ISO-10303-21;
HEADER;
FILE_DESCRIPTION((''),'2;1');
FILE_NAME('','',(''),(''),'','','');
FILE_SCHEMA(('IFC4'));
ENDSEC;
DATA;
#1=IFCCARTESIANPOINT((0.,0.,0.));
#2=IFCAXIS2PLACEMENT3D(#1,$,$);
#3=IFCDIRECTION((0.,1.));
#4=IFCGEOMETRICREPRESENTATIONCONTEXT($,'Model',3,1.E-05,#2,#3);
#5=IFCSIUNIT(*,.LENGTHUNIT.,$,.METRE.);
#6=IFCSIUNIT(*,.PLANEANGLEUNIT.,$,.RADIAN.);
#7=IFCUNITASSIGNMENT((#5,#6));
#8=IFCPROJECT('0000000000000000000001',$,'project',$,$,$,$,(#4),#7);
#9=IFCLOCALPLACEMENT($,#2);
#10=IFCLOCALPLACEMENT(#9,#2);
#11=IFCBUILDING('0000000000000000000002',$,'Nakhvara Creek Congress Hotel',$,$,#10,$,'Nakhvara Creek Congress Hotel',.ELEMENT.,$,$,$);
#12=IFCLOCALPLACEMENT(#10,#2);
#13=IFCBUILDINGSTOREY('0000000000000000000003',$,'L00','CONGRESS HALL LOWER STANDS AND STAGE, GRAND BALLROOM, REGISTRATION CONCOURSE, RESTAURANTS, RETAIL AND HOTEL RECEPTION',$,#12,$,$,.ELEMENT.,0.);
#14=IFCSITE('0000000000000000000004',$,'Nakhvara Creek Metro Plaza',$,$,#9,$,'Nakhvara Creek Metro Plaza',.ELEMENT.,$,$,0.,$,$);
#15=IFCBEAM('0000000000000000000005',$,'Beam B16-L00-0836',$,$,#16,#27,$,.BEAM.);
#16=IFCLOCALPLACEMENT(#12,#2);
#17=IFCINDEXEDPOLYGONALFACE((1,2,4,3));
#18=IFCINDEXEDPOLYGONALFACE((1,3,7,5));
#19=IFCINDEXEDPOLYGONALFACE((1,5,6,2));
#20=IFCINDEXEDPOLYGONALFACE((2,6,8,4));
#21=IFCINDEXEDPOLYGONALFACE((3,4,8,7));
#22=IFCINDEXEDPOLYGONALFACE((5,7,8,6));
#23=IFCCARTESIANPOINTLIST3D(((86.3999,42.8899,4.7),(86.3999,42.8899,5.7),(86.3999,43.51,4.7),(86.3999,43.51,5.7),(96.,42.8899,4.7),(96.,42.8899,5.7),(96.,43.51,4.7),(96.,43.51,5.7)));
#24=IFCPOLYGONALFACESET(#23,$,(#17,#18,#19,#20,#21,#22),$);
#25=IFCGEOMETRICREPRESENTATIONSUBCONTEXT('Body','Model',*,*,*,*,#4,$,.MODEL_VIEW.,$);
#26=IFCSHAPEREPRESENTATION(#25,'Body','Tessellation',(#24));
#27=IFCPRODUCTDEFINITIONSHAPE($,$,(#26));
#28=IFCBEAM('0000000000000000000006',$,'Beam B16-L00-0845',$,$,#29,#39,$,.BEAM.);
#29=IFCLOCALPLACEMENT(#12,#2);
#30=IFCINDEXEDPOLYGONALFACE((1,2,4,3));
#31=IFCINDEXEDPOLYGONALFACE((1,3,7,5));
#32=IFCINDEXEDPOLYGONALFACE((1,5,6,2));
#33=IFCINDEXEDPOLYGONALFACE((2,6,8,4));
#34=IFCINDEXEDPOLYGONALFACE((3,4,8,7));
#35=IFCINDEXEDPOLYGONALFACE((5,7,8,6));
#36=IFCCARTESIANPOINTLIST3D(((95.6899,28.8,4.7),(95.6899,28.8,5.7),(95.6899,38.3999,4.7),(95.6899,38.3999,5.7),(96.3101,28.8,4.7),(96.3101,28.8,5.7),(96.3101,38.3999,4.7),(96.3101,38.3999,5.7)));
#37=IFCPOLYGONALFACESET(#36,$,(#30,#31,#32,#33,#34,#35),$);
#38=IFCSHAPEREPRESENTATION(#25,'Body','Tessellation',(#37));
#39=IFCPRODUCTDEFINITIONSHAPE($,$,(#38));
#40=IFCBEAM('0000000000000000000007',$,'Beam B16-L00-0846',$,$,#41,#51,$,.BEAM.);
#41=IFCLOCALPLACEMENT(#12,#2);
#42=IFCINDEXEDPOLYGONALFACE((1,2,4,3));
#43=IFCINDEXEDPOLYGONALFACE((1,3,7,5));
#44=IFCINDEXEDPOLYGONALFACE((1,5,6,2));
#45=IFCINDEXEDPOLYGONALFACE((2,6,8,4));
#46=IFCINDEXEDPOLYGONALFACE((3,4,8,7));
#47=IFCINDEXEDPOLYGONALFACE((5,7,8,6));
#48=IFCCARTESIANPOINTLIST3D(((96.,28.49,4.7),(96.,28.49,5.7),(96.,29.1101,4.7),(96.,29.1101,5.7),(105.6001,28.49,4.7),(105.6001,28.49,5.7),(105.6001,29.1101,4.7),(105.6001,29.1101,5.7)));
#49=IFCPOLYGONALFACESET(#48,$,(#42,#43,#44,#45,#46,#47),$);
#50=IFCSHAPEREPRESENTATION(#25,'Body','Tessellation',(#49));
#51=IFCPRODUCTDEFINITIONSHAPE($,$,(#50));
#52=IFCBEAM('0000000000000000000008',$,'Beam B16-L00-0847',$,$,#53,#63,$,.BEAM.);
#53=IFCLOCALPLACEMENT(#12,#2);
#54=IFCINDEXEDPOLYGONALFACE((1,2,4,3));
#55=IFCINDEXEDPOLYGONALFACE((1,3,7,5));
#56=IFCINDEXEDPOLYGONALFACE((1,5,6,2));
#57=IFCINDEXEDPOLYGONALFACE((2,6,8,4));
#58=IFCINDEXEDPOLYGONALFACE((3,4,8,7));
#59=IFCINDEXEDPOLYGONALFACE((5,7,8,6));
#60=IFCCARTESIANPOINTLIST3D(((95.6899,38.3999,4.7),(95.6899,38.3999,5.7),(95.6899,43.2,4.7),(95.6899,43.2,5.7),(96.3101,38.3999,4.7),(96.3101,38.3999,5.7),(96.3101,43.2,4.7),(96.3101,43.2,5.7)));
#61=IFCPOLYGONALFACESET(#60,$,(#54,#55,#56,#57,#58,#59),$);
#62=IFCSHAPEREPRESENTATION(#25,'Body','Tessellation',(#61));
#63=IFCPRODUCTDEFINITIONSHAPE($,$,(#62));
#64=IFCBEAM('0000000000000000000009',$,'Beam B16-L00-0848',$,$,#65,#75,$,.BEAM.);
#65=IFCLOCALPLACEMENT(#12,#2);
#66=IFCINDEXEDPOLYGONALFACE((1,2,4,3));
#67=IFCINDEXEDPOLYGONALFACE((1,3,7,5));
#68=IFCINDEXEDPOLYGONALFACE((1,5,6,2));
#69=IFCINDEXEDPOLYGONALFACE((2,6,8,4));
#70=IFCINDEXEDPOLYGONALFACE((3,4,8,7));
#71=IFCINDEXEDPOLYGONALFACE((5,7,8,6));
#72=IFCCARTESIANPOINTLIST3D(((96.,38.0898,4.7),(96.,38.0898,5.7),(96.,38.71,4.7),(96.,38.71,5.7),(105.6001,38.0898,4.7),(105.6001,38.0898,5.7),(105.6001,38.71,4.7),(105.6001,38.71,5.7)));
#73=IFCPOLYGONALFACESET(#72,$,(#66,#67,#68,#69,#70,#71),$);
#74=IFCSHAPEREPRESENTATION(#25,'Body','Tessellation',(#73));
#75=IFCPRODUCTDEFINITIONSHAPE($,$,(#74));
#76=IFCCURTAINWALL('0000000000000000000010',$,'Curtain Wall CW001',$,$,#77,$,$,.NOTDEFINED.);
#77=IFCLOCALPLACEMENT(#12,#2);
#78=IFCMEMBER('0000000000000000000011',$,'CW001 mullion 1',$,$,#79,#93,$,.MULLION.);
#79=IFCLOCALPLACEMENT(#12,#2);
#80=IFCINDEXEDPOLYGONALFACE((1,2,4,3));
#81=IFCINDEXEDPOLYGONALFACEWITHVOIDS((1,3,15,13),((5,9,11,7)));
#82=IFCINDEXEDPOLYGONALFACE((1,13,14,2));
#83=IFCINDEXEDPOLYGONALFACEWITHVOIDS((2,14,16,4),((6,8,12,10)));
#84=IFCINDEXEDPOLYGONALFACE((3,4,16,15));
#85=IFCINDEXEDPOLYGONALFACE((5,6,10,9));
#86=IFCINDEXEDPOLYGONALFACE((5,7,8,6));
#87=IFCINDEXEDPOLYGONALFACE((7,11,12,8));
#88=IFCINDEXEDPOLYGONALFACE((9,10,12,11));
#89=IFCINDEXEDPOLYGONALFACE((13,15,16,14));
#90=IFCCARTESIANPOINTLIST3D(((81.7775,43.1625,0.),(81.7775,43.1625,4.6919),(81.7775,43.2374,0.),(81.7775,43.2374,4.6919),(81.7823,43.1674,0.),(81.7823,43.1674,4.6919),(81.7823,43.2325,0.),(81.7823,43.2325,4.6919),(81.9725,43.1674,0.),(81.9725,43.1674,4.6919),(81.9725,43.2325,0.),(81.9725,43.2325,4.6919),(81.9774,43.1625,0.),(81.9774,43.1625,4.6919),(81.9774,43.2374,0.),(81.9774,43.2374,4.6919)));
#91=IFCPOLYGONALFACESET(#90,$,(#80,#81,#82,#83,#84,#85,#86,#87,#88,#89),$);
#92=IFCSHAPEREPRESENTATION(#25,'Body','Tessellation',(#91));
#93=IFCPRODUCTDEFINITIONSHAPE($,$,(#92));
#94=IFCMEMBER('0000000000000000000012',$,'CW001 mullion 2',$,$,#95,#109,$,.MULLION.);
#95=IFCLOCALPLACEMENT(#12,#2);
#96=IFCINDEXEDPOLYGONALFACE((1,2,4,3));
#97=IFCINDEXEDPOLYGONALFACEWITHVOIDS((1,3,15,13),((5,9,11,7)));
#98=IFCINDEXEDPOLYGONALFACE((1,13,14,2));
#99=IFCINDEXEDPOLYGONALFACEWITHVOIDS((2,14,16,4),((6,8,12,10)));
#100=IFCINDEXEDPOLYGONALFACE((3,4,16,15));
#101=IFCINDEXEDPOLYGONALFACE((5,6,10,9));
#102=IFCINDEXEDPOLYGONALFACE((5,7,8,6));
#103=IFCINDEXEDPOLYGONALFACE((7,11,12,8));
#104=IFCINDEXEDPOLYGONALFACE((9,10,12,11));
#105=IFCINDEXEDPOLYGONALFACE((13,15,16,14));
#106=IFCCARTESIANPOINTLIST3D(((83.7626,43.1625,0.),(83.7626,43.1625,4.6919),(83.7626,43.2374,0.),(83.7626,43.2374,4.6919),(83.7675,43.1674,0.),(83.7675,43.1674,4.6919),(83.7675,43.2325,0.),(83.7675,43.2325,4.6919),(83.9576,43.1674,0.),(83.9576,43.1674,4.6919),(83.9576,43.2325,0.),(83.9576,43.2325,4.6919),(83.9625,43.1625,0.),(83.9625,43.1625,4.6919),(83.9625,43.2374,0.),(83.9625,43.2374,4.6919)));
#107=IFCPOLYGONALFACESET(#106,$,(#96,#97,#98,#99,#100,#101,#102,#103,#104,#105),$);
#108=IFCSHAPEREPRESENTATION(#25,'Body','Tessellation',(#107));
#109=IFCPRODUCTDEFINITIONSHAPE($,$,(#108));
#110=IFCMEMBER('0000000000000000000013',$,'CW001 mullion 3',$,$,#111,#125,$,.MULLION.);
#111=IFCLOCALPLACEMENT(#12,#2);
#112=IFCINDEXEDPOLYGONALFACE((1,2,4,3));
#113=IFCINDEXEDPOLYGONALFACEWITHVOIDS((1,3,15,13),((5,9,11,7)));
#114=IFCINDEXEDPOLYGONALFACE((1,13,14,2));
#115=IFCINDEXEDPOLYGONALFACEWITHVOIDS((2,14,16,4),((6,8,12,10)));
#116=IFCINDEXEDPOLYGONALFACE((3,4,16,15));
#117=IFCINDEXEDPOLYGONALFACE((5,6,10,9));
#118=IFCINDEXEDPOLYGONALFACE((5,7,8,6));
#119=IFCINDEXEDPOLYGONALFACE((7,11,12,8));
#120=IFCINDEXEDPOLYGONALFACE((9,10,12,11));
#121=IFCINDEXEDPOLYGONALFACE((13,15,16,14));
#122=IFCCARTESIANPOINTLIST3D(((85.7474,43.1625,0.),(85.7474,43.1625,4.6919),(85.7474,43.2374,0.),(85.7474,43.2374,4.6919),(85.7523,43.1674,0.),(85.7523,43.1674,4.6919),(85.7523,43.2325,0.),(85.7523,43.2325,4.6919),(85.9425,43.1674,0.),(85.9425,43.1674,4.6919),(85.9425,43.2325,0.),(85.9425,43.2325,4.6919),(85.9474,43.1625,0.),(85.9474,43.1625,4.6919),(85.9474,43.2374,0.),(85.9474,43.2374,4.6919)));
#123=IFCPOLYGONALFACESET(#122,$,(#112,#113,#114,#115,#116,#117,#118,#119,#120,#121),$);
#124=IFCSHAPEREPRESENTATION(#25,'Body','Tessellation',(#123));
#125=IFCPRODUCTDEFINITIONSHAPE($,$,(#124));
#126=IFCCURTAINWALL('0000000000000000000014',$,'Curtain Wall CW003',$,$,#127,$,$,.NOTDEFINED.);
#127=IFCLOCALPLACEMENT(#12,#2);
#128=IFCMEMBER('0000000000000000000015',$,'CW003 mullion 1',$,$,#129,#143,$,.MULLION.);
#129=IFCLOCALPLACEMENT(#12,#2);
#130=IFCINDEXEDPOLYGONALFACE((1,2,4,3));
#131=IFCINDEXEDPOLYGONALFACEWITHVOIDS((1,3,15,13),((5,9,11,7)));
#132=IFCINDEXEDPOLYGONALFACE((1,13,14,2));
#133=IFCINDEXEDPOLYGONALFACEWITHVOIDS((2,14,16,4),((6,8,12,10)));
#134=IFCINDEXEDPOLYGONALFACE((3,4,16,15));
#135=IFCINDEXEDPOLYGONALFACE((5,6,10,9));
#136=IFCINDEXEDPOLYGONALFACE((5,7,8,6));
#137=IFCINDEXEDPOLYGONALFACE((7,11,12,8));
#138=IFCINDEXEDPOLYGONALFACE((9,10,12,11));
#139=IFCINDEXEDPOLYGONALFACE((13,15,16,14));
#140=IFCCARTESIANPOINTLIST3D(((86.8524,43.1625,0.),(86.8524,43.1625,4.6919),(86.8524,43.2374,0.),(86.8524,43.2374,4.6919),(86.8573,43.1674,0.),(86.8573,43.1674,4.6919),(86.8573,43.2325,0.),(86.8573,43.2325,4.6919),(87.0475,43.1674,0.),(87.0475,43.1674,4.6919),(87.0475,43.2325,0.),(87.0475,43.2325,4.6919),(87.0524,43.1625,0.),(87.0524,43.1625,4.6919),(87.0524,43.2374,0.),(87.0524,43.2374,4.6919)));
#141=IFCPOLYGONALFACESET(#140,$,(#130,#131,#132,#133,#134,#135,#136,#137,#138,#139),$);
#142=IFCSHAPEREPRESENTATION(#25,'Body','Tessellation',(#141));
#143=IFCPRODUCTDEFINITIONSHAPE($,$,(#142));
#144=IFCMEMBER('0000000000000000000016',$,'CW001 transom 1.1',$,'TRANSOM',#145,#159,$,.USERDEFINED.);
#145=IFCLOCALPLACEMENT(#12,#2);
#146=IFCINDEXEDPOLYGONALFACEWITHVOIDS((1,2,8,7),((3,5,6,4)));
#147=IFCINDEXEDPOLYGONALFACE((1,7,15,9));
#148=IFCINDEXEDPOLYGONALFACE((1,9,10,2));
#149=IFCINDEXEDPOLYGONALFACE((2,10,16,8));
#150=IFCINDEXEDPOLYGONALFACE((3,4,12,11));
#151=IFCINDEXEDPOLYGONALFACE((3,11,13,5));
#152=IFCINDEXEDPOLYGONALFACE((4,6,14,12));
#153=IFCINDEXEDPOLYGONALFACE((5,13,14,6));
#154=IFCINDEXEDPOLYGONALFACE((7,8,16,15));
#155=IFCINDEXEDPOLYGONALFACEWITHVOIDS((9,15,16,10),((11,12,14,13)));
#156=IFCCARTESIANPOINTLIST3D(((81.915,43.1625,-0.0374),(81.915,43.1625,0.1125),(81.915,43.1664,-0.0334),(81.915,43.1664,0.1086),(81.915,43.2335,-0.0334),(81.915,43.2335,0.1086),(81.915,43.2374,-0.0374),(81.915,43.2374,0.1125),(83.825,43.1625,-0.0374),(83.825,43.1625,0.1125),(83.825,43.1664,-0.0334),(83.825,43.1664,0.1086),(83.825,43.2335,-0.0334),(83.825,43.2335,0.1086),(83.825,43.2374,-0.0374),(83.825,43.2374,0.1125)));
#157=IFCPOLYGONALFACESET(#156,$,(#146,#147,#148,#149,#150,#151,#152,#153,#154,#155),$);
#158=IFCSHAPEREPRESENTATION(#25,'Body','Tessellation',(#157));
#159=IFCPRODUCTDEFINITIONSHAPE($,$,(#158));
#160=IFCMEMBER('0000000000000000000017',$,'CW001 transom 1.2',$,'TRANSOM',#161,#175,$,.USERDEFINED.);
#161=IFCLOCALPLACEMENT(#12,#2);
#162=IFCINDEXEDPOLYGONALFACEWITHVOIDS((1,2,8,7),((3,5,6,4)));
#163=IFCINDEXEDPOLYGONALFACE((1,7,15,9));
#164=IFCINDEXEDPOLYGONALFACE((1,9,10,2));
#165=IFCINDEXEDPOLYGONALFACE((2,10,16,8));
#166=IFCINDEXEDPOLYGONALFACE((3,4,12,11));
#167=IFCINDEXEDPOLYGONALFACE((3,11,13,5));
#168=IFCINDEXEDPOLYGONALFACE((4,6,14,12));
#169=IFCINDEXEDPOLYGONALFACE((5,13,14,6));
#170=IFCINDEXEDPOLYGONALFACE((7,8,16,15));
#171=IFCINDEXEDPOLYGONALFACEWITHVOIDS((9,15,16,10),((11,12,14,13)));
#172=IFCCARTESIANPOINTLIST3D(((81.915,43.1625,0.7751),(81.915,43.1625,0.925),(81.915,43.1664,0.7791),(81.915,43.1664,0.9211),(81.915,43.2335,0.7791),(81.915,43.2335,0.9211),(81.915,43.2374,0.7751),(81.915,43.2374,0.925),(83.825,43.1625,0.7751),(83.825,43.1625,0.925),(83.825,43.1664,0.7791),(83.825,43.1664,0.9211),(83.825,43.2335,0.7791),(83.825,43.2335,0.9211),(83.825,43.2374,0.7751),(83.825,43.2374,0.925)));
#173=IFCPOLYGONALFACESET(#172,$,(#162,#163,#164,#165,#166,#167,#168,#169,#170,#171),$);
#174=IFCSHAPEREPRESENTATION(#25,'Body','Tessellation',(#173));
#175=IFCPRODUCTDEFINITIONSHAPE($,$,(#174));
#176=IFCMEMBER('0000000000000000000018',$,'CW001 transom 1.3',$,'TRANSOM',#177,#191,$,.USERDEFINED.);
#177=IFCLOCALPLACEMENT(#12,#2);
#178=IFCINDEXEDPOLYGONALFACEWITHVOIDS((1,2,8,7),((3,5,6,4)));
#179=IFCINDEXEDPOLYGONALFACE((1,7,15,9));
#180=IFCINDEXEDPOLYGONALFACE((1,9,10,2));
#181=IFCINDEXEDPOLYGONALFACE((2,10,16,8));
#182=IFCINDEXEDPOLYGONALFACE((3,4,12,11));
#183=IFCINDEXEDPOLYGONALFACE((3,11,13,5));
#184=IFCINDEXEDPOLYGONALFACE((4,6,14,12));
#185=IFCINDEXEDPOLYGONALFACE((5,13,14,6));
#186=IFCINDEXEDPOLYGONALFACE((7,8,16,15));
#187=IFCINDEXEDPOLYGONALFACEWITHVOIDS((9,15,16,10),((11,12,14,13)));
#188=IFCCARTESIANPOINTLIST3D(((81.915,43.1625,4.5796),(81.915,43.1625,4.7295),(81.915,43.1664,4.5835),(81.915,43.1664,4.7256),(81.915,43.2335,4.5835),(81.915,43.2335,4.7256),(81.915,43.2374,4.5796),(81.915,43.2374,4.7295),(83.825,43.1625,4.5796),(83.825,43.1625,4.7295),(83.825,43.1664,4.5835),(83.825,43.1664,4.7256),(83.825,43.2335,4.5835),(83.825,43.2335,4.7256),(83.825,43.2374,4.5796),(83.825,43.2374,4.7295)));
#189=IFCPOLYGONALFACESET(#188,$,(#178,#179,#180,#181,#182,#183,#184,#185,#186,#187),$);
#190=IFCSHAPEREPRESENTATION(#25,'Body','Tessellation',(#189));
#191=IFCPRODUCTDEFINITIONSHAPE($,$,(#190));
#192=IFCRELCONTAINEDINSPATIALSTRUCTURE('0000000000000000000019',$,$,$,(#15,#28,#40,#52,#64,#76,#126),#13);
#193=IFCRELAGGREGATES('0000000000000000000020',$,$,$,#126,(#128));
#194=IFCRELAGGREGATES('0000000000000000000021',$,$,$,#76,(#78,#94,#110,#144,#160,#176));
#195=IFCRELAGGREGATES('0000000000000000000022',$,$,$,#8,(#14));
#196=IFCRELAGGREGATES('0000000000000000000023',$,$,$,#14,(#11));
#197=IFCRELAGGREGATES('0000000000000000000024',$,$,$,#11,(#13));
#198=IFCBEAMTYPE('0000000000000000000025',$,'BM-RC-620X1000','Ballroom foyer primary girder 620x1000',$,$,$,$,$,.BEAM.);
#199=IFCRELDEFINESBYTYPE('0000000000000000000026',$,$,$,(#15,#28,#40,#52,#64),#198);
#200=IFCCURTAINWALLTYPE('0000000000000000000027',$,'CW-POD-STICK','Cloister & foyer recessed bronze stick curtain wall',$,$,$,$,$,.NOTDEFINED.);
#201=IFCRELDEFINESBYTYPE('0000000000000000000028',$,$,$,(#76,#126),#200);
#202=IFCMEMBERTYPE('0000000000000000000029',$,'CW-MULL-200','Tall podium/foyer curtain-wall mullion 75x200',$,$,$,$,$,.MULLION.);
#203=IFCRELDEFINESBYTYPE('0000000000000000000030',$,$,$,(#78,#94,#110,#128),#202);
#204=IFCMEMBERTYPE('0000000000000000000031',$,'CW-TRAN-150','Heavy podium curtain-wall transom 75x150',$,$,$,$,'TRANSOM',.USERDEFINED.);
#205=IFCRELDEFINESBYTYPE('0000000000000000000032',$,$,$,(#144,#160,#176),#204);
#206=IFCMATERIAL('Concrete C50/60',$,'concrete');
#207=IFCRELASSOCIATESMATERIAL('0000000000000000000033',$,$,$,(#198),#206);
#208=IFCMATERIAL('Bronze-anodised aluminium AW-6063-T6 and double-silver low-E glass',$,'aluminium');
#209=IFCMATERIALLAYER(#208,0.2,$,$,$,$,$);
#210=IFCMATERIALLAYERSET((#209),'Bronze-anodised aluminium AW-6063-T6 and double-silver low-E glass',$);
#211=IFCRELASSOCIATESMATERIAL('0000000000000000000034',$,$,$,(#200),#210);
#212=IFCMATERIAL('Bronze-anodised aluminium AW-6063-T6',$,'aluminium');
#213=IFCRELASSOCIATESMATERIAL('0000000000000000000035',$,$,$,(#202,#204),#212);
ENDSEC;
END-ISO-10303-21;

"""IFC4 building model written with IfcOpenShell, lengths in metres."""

from ifc_helpers import new_model, si_unit, direction, frame, origin, origin_2d, place, context, subcontext, project, spatial, rectangle, hollow_rectangle, extrude, material, layer, layer_set, material_profile, profile_set, type_object, element, aggregate, save


model = new_model("IFC4")

# Units and contexts
model_context = context("Model", 3, precision=1e-05, world=origin(), true_north=direction((0.0, 1.0)))
body_context = subcontext(model_context, "Body", "Model", "MODEL_VIEW")
ifc_project = project(units=[si_unit("LENGTHUNIT", "METRE"), si_unit("PLANEANGLEUNIT", "RADIAN")], contexts=[model_context])

# Site, building, storey
site_placement = place(None, origin())
site = spatial("IfcSite", under=ifc_project, at=site_placement, Name="Nakhvara Creek Metro Plaza", LongName="Nakhvara Creek Metro Plaza", CompositionType="ELEMENT", RefElevation=0.0)
building_placement = place(site_placement, origin())
building = spatial("IfcBuilding", under=site, at=building_placement, Name="Nakhvara Creek Congress Hotel", LongName="Nakhvara Creek Congress Hotel", CompositionType="ELEMENT")
storey_placement = place(building_placement, origin())
storey = spatial("IfcBuildingStorey", under=building, at=storey_placement, Name="L00", Description="CONGRESS HALL LOWER STANDS AND STAGE, GRAND BALLROOM, REGISTRATION CONCOURSE, RESTAURANTS, RETAIL AND HOTEL RECEPTION", CompositionType="ELEMENT", Elevation=0.0)

# Shared definitions
ifc_material_1 = material(Name="Concrete C50/60", Category="concrete")

# Beams
ifc_material_profile_1 = material_profile(ifc_material_1, rectangle(XDim=0.6201, YDim=1.0, at=origin_2d()), Name="RC-BM 620x1000", Category="LoadBearing")
ifc_profile_set_1 = profile_set([ifc_material_profile_1], Name="Concrete C50/60")
beam_type_1 = type_object("IfcBeamType", Name="BM-RC-620X1000", Description="Ballroom foyer primary girder 620x1000", PredefinedType="BEAM", material=ifc_profile_set_1)
for number, where, z_axis, x_axis, name in (
    (1, (86.3999, 43.2, 5.2), (1.0, 0.0, 0.0), (0.0, 1.0, 0.0), "Beam B16-L00-0836"),
):
    element("IfcBeam", number, at=place(storey_placement, frame(where, z_axis=z_axis, x_axis=x_axis)), inside=storey, type_object=beam_type_1, Name=name, PredefinedType="BEAM", context=body_context, shape_type="SweptSolid", body=[
        extrude(rectangle(XDim=0.6201, YDim=1.0, at=origin_2d()), origin(), (0.0, 0.0, 1.0), 9.6001),
    ])
beam_1_placement = place(storey_placement, frame((96.0, 28.8, 5.2), z_axis=(0.0, 1.0, 0.0), x_axis=(-1.0, 0.0, 0.0)))
element("IfcBeam", 2, at=beam_1_placement, inside=storey, type_object=beam_type_1, Name="Beam B16-L00-0845", PredefinedType="BEAM", context=body_context, shape_type="SweptSolid", body=[
    extrude(rectangle(XDim=0.6201, YDim=1.0, at=origin_2d()), origin(), (0.0, 0.0, 1.0), 9.5999),
])
beam_2_placement = place(storey_placement, frame((96.0, 28.8, 5.2), z_axis=(1.0, 0.0, 0.0), x_axis=(0.0, 1.0, 0.0)))
element("IfcBeam", 3, at=beam_2_placement, inside=storey, type_object=beam_type_1, Name="Beam B16-L00-0846", PredefinedType="BEAM", context=body_context, shape_type="SweptSolid", body=[
    extrude(rectangle(XDim=0.6201, YDim=1.0, at=origin_2d()), origin(), (0.0, 0.0, 1.0), 9.6001),
])
beam_3_placement = place(storey_placement, frame((96.0, 38.3999, 5.2), z_axis=(0.0, 1.0, 0.0), x_axis=(-1.0, 0.0, 0.0)))
element("IfcBeam", 4, at=beam_3_placement, inside=storey, type_object=beam_type_1, Name="Beam B16-L00-0847", PredefinedType="BEAM", context=body_context, shape_type="SweptSolid", body=[
    extrude(rectangle(XDim=0.6201, YDim=1.0, at=origin_2d()), origin(), (0.0, 0.0, 1.0), 4.8),
])
beam_4_placement = place(storey_placement, frame((96.0, 38.3999, 5.2), z_axis=(1.0, 0.0, 0.0), x_axis=(0.0, 1.0, 0.0)))
element("IfcBeam", 5, at=beam_4_placement, inside=storey, type_object=beam_type_1, Name="Beam B16-L00-0848", PredefinedType="BEAM", context=body_context, shape_type="SweptSolid", body=[
    extrude(rectangle(XDim=0.6201, YDim=1.0, at=origin_2d()), origin(), (0.0, 0.0, 1.0), 9.6001),
])

# Curtain wall, members
ifc_material_2 = material(Name="Bronze-anodised aluminium AW-6063-T6 and double-silver low-E glass", Category="aluminium")
ifc_layer_1 = layer(ifc_material_2, 0.2)
ifc_layer_set_1 = layer_set([ifc_layer_1], Name="Bronze-anodised aluminium AW-6063-T6 and double-silver low-E glass")
curtain_wall_type = type_object("IfcCurtainWallType", Name="CW-POD-STICK", Description="Cloister & foyer recessed bronze stick curtain wall", PredefinedType="NOTDEFINED", material=ifc_layer_set_1)
curtain_wall_1_placement = place(storey_placement, origin())
curtain_wall_1 = element("IfcCurtainWall", 6, at=curtain_wall_1_placement, inside=storey, type_object=curtain_wall_type, Name="Curtain Wall CW001", PredefinedType="NOTDEFINED")
ifc_material_3 = material(Name="Bronze-anodised aluminium AW-6063-T6", Category="aluminium")
ifc_material_profile_2 = material_profile(ifc_material_3, hollow_rectangle(XDim=0.075, YDim=0.2, WallThickness=0.0049, at=origin_2d()), Name="ALU-MULL 75x200x5", Category="LoadBearing")
ifc_profile_set_2 = profile_set([ifc_material_profile_2], Name="Bronze-anodised aluminium AW-6063-T6")
member_type_1 = type_object("IfcMemberType", Name="CW-MULL-200", Description="Tall podium/foyer curtain-wall mullion 75x200", PredefinedType="MULLION", material=ifc_profile_set_2)
member_1_placement = place(storey_placement, frame((81.8774, 43.2, 0.0), z_axis=(0.0, 0.0, 1.0), x_axis=(0.0, 1.0, 0.0)))
member_1 = element("IfcMember", 7, at=member_1_placement, type_object=member_type_1, Name="CW001 mullion 1", PredefinedType="MULLION", context=body_context, shape_type="SweptSolid", body=[
    extrude(hollow_rectangle(XDim=0.075, YDim=0.2, WallThickness=0.0049, at=origin_2d()), origin(), (0.0, 0.0, 1.0), 4.6919),
])
member_2_placement = place(storey_placement, frame((83.8625, 43.2, 0.0), z_axis=(0.0, 0.0, 1.0), x_axis=(0.0, 1.0, 0.0)))
member_2 = element("IfcMember", 8, at=member_2_placement, type_object=member_type_1, Name="CW001 mullion 2", PredefinedType="MULLION", context=body_context, shape_type="SweptSolid", body=[
    extrude(hollow_rectangle(XDim=0.075, YDim=0.2, WallThickness=0.0049, at=origin_2d()), origin(), (0.0, 0.0, 1.0), 4.6919),
])
member_3_placement = place(storey_placement, frame((85.8474, 43.2, 0.0), z_axis=(0.0, 0.0, 1.0), x_axis=(0.0, 1.0, 0.0)))
member_3 = element("IfcMember", 9, at=member_3_placement, type_object=member_type_1, Name="CW001 mullion 3", PredefinedType="MULLION", context=body_context, shape_type="SweptSolid", body=[
    extrude(hollow_rectangle(XDim=0.075, YDim=0.2, WallThickness=0.0049, at=origin_2d()), origin(), (0.0, 0.0, 1.0), 4.6919),
])

# Curtain wall, member
curtain_wall_2_placement = place(storey_placement, origin())
curtain_wall_2 = element("IfcCurtainWall", 10, at=curtain_wall_2_placement, inside=storey, type_object=curtain_wall_type, Name="Curtain Wall CW003", PredefinedType="NOTDEFINED")
member_4_placement = place(storey_placement, frame((86.9524, 43.2, 0.0), z_axis=(0.0, 0.0, 1.0), x_axis=(0.0, 1.0, 0.0)))
member_4 = element("IfcMember", 11, at=member_4_placement, type_object=member_type_1, Name="CW003 mullion 1", PredefinedType="MULLION", context=body_context, shape_type="SweptSolid", body=[
    extrude(hollow_rectangle(XDim=0.075, YDim=0.2, WallThickness=0.0049, at=origin_2d()), origin(), (0.0, 0.0, 1.0), 4.6919),
])
aggregate(curtain_wall_2, [member_4])

# Members
ifc_material_profile_3 = material_profile(ifc_material_3, hollow_rectangle(XDim=0.075, YDim=0.1499, WallThickness=0.0039, at=origin_2d()), Name="ALU-TRAN 75x150x4", Category="LoadBearing")
ifc_profile_set_3 = profile_set([ifc_material_profile_3], Name="Bronze-anodised aluminium AW-6063-T6")
member_type_2 = type_object("IfcMemberType", Name="CW-TRAN-150", Description="Heavy podium curtain-wall transom 75x150", ElementType="TRANSOM", PredefinedType="USERDEFINED", material=ifc_profile_set_3)
member_5_placement = place(storey_placement, frame((81.915, 43.2, 0.0376), z_axis=(1.0, 0.0, 0.0), x_axis=(0.0, 1.0, 0.0)))
member_5 = element("IfcMember", 12, at=member_5_placement, type_object=member_type_2, Name="CW001 transom 1.1", ObjectType="TRANSOM", PredefinedType="USERDEFINED", context=body_context, shape_type="SweptSolid", body=[
    extrude(hollow_rectangle(XDim=0.075, YDim=0.1499, WallThickness=0.0039, at=origin_2d()), origin(), (0.0, 0.0, 1.0), 1.9099),
])
member_6_placement = place(storey_placement, frame((81.915, 43.2, 0.8501), z_axis=(1.0, 0.0, 0.0), x_axis=(0.0, 1.0, 0.0)))
member_6 = element("IfcMember", 13, at=member_6_placement, type_object=member_type_2, Name="CW001 transom 1.2", ObjectType="TRANSOM", PredefinedType="USERDEFINED", context=body_context, shape_type="SweptSolid", body=[
    extrude(hollow_rectangle(XDim=0.075, YDim=0.1499, WallThickness=0.0039, at=origin_2d()), origin(), (0.0, 0.0, 1.0), 1.9099),
])
member_7_placement = place(storey_placement, frame((81.915, 43.2, 4.6545), z_axis=(1.0, 0.0, 0.0), x_axis=(0.0, 1.0, 0.0)))
member_7 = element("IfcMember", 14, at=member_7_placement, type_object=member_type_2, Name="CW001 transom 1.3", ObjectType="TRANSOM", PredefinedType="USERDEFINED", context=body_context, shape_type="SweptSolid", body=[
    extrude(hollow_rectangle(XDim=0.075, YDim=0.1499, WallThickness=0.0039, at=origin_2d()), origin(), (0.0, 0.0, 1.0), 1.9099),
])

aggregate(curtain_wall_1, [member_1, member_2, member_3, member_5, member_6, member_7])

save(model, "model.ifc")
